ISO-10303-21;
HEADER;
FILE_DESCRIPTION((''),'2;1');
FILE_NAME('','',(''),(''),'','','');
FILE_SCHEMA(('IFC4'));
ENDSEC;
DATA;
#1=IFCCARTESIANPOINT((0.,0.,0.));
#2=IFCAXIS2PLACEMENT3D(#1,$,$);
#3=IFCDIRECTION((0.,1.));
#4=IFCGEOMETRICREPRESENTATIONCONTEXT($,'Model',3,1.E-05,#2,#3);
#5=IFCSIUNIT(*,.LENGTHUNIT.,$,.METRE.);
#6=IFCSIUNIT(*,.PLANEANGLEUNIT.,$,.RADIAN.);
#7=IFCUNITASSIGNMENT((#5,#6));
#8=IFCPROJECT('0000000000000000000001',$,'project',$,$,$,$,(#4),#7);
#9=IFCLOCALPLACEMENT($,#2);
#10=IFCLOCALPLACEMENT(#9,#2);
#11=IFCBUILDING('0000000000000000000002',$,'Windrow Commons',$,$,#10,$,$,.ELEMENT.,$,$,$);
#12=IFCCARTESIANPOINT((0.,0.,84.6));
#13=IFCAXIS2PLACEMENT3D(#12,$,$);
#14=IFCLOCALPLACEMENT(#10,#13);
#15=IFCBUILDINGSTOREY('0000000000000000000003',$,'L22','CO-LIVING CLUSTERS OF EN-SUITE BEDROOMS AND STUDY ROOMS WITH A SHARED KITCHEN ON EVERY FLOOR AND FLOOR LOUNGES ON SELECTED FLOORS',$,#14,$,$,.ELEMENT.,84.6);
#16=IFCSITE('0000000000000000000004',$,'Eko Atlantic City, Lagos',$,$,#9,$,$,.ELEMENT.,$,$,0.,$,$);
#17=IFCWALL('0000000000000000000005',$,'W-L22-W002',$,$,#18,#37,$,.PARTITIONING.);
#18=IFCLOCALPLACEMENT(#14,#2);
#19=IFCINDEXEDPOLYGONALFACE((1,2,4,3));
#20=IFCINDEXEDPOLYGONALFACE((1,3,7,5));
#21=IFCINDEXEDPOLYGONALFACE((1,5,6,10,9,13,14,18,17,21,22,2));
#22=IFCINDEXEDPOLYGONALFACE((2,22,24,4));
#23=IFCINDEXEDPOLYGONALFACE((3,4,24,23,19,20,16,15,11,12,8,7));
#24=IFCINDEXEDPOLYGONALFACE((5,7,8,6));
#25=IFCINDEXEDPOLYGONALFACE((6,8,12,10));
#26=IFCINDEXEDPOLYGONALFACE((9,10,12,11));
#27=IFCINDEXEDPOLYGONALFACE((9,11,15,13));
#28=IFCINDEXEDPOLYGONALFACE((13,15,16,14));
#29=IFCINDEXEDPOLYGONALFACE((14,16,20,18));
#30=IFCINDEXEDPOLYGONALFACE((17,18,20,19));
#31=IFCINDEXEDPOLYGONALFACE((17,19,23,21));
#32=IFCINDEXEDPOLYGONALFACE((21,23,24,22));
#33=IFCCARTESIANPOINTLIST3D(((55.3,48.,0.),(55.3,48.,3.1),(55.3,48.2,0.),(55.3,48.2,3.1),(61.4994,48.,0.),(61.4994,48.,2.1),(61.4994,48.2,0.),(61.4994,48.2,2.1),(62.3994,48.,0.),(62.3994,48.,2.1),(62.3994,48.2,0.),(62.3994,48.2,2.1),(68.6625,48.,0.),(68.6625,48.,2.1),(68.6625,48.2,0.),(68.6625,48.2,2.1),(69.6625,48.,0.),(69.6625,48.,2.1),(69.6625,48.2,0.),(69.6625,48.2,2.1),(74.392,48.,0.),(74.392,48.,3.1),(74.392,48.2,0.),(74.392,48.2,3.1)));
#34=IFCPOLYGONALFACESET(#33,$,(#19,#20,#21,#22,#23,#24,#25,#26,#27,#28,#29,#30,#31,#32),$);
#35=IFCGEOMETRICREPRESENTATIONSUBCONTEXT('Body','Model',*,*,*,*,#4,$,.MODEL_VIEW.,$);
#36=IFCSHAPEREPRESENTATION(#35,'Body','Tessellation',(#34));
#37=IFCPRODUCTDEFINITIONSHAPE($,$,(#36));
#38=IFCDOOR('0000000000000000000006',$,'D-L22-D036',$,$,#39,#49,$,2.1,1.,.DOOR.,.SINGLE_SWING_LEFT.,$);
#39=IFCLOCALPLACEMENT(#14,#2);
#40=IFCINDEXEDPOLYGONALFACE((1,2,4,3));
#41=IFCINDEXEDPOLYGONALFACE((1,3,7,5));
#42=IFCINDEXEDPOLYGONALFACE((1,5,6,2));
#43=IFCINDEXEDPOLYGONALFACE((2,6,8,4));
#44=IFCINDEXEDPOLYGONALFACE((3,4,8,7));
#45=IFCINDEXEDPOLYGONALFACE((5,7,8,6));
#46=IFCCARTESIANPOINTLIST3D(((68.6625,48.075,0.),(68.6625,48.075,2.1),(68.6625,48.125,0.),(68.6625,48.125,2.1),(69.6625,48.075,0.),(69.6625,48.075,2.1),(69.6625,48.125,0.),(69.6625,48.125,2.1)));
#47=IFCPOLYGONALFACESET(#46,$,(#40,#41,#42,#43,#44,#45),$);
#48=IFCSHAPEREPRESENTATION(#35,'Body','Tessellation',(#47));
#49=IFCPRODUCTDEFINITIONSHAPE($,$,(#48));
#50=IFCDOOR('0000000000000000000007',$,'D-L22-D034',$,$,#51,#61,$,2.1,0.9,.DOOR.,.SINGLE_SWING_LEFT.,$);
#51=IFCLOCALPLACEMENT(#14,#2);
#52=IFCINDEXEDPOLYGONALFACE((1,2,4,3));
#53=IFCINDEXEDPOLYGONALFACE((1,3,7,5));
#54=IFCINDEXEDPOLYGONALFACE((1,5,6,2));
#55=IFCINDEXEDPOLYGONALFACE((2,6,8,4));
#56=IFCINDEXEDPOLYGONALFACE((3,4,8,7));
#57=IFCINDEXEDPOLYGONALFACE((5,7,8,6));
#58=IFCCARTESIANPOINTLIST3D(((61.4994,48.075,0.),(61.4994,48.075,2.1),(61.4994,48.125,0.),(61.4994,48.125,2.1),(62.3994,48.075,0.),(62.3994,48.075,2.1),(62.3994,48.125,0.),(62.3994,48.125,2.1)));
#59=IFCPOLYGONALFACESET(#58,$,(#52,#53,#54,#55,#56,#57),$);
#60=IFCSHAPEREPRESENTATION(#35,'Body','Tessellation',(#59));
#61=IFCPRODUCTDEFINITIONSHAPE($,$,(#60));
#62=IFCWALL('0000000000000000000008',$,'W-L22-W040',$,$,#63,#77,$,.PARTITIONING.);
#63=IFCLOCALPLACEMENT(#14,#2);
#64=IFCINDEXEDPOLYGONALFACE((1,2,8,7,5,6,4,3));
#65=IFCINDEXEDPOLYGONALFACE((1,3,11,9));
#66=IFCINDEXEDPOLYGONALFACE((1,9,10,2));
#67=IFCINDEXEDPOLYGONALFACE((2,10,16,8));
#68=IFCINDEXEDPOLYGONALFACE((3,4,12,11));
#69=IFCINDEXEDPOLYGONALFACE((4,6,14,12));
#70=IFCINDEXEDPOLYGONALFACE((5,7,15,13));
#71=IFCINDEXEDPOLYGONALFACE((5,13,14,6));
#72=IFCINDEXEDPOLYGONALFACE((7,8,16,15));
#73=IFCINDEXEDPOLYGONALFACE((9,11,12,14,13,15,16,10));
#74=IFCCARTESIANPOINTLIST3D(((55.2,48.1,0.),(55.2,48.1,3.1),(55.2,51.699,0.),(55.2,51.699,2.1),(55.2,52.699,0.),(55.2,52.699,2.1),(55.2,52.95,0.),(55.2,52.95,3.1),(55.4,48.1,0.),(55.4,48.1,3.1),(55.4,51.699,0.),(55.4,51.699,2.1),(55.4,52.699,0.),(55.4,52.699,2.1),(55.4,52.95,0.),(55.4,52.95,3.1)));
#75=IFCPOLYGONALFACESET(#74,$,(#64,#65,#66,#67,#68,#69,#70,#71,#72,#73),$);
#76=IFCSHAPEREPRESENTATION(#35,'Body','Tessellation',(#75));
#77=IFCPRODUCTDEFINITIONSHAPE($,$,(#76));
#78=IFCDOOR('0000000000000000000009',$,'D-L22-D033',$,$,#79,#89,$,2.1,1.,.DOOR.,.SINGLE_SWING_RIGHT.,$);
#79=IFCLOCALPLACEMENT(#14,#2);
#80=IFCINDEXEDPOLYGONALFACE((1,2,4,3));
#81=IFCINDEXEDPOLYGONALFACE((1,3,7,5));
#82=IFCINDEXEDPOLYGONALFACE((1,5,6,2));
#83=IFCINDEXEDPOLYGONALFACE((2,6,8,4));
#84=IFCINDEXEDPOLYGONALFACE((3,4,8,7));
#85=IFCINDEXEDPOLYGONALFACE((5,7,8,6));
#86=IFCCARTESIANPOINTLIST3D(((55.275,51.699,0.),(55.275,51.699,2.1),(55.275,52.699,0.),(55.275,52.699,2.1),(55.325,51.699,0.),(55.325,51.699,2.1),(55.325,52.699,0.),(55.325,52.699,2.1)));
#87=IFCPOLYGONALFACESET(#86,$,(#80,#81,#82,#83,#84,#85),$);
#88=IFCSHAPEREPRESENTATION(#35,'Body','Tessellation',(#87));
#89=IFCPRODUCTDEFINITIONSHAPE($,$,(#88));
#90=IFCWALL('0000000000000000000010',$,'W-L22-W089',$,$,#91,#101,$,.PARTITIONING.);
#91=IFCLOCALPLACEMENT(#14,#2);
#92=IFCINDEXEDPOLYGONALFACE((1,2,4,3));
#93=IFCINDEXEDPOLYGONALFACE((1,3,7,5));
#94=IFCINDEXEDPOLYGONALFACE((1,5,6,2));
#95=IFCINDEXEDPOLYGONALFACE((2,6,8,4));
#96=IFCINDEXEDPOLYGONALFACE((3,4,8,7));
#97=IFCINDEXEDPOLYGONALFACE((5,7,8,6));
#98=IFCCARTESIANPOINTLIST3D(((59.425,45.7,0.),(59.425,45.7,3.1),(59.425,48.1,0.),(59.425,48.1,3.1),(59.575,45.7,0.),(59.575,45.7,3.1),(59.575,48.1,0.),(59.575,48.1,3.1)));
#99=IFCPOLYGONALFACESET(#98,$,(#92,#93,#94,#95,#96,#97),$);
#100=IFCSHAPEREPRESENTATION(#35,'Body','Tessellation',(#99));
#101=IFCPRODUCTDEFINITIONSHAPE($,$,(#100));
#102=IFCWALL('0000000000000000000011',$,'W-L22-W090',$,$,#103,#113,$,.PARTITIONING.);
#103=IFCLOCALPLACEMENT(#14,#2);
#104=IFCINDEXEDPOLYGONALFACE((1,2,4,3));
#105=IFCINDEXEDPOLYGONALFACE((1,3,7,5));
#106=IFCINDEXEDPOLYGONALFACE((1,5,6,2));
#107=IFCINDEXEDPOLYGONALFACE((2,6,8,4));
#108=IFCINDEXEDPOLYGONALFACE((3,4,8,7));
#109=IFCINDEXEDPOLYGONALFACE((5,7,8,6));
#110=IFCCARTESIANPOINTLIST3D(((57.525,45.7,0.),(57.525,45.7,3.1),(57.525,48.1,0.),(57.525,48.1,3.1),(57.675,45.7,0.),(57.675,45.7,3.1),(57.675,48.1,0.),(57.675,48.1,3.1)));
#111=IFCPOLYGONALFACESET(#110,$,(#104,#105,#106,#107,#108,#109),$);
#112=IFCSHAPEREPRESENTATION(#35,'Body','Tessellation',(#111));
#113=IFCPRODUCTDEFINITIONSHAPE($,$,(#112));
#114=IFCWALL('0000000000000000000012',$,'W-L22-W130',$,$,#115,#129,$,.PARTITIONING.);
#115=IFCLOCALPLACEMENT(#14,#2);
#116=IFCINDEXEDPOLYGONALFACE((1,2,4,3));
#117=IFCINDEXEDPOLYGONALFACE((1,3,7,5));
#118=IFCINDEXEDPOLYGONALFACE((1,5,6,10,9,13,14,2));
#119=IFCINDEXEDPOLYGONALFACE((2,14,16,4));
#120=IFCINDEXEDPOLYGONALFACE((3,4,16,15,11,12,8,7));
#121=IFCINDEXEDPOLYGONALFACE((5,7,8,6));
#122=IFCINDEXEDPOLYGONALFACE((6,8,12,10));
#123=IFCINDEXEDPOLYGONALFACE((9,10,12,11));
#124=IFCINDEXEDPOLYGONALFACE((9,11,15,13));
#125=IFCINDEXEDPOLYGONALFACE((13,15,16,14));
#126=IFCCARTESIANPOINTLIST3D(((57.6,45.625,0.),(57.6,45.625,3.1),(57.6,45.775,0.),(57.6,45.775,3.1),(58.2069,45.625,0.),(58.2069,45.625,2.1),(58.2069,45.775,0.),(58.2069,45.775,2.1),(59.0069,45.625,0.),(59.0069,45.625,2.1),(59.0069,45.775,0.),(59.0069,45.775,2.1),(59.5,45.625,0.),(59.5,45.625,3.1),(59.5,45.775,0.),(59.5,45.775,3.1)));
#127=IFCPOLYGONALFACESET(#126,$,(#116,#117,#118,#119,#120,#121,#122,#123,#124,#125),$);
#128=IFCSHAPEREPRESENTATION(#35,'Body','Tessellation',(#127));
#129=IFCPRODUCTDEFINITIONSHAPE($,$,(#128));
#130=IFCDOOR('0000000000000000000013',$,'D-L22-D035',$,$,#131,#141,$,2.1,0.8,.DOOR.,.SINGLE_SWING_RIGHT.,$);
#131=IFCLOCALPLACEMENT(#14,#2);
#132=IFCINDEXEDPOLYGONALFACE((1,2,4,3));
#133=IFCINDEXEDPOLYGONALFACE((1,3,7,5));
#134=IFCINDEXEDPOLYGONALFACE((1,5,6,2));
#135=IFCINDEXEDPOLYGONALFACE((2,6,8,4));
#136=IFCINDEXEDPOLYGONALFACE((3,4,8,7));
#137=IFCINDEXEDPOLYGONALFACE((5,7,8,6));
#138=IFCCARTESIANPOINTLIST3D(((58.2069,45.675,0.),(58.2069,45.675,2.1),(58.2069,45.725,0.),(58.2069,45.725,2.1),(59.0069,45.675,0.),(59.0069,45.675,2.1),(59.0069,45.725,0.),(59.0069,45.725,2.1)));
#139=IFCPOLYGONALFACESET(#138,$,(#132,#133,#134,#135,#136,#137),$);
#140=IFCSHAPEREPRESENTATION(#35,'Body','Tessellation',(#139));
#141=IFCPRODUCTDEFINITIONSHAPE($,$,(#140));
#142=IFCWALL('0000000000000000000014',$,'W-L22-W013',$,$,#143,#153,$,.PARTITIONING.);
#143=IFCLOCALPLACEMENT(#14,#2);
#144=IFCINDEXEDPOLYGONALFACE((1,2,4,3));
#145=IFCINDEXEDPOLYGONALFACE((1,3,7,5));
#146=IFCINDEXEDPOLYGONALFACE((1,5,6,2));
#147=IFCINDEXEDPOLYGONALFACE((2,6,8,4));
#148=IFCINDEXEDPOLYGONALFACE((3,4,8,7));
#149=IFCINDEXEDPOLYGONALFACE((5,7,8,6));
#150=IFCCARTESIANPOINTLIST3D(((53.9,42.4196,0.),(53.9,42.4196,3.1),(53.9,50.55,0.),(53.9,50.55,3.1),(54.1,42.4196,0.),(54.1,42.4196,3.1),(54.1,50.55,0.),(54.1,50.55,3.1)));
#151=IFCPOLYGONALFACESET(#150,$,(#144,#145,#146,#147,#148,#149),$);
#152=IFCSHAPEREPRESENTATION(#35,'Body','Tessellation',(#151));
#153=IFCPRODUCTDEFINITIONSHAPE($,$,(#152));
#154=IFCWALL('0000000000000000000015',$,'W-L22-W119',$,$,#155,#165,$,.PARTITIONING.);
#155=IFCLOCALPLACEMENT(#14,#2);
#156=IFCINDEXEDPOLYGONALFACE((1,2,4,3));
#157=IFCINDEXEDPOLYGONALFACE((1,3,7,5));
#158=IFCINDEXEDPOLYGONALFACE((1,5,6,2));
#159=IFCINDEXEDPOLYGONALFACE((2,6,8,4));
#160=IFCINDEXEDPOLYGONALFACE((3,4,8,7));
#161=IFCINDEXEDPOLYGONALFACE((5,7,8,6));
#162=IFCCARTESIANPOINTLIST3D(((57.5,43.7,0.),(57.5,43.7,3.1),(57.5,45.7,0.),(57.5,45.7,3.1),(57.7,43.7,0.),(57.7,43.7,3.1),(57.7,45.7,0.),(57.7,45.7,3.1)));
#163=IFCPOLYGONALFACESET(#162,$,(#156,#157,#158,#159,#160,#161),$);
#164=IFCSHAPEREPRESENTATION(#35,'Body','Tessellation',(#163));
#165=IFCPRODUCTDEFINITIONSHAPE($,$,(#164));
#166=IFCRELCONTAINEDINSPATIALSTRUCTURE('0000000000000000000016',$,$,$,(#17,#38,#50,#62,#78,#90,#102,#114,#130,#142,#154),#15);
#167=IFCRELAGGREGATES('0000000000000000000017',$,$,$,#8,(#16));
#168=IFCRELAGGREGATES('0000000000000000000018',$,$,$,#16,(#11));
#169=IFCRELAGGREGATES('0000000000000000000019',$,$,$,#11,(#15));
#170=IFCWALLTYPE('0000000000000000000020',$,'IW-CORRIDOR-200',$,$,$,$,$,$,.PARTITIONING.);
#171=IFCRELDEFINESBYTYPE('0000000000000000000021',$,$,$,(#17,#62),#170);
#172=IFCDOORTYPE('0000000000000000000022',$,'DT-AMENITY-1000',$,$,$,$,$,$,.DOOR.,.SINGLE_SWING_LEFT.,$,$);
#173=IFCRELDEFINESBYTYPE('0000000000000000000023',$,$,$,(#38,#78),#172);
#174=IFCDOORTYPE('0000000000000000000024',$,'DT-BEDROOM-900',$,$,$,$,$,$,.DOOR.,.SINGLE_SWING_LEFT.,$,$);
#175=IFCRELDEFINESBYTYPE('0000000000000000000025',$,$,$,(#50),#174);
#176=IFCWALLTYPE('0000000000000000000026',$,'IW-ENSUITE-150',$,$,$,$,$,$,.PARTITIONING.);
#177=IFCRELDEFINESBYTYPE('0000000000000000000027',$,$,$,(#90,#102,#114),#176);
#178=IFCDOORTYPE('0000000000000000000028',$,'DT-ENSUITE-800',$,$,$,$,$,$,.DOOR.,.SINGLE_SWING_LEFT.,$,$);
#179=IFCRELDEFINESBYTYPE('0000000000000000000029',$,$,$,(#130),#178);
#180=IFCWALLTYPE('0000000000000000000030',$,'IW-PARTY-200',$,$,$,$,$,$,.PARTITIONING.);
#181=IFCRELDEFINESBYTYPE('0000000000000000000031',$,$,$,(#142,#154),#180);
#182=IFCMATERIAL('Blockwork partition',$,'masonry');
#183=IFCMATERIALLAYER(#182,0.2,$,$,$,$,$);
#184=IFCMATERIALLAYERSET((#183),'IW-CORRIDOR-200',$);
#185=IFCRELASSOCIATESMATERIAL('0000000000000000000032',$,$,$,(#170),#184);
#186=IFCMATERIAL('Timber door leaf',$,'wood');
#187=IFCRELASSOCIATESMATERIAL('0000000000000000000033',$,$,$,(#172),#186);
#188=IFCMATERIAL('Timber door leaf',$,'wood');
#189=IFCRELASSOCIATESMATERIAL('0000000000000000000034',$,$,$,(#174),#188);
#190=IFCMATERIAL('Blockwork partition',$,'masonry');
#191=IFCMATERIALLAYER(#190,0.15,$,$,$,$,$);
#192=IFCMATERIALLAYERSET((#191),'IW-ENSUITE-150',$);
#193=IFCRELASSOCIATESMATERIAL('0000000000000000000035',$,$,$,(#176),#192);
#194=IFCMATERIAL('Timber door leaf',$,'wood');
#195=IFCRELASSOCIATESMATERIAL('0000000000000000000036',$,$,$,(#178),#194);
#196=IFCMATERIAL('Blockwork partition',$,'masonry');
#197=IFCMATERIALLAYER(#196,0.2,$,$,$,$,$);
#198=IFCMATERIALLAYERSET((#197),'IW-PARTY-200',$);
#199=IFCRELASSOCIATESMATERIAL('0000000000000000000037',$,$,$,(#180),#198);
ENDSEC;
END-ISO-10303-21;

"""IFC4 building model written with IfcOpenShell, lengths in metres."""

from ifc_helpers import new_model, si_unit, direction, frame, frame_2d, origin, place, context, subcontext, project, spatial, rectangle, extrude, material, layer, layer_set, type_object, element, fill, save


model = new_model("IFC4")

# Units and contexts
model_context = context("Model", 3, precision=1e-05, world=origin(), true_north=direction((0.0, 1.0)))
body_context = subcontext(model_context, "Body", "Model", "MODEL_VIEW")
ifc_project = project(units=[si_unit("LENGTHUNIT", "METRE"), si_unit("PLANEANGLEUNIT", "RADIAN")], contexts=[model_context])

# Site, building, storey
site_placement = place(None, origin())
site = spatial("IfcSite", under=ifc_project, at=site_placement, Name="Eko Atlantic City, Lagos", CompositionType="ELEMENT", RefElevation=0.0)
building_placement = place(site_placement, origin())
building = spatial("IfcBuilding", under=site, at=building_placement, Name="Windrow Commons", CompositionType="ELEMENT")
storey_placement = place(building_placement, frame((0.0, 0.0, 84.6)))
storey = spatial("IfcBuildingStorey", under=building, at=storey_placement, Name="L22", Description="CO-LIVING CLUSTERS OF EN-SUITE BEDROOMS AND STUDY ROOMS WITH A SHARED KITCHEN ON EVERY FLOOR AND FLOOR LOUNGES ON SELECTED FLOORS", CompositionType="ELEMENT", Elevation=84.6)

# Wall, openings, doors
ifc_material_1 = material(Name="Blockwork partition", Category="masonry")
ifc_layer_1 = layer(ifc_material_1, 0.2)
ifc_layer_set_1 = layer_set([ifc_layer_1], Name="IW-CORRIDOR-200")
wall_type_1 = type_object("IfcWallType", Name="IW-CORRIDOR-200", PredefinedType="PARTITIONING", material=ifc_layer_set_1)
wall_1_placement = place(storey_placement, frame((55.3, 48.1, 0.0), z_axis=(0.0, 0.0, 1.0), x_axis=(1.0, 0.0, 0.0)))
wall_1 = element("IfcWall", 1, at=wall_1_placement, inside=storey, type_object=wall_type_1, Name="W-L22-W002", PredefinedType="PARTITIONING", context=body_context, shape_type="SweptSolid", body=[
    extrude(rectangle(XDim=19.092, YDim=0.2, at=frame_2d((9.546, 0.0))), origin(), (0.0, 0.0, 1.0), 3.1),
])
opening_1_placement = place(wall_1_placement, frame((6.1994, 0.0, 0.0)))
opening_1 = element("IfcOpeningElement", 2, at=opening_1_placement, cuts=wall_1, PredefinedType="OPENING", context=body_context, shape_type="SweptSolid", body=[
    extrude(rectangle(XDim=0.9, YDim=2.1, at=frame_2d((0.45, 1.05))), frame((0.0, 0.11, 0.0), z_axis=(0.0, -1.0, 0.0), x_axis=(1.0, 0.0, 0.0)), (0.0, 0.0, 1.0), 0.22),
])
opening_2_placement = place(wall_1_placement, frame((13.3625, 0.0, 0.0)))
opening_2 = element("IfcOpeningElement", 3, at=opening_2_placement, cuts=wall_1, PredefinedType="OPENING", context=body_context, shape_type="SweptSolid", body=[
    extrude(rectangle(XDim=1.0, YDim=2.1, at=frame_2d((0.5, 1.05))), frame((0.0, 0.11, 0.0), z_axis=(0.0, -1.0, 0.0), x_axis=(1.0, 0.0, 0.0)), (0.0, 0.0, 1.0), 0.22),
])
ifc_material_2 = material(Name="Timber door leaf", Category="wood")
door_type_1 = type_object("IfcDoorType", Name="DT-AMENITY-1000", OperationType="SINGLE_SWING_LEFT", PredefinedType="DOOR", material=ifc_material_2)
door_1_placement = place(opening_2_placement, origin())
door_1 = element("IfcDoor", 4, at=door_1_placement, inside=storey, type_object=door_type_1, Name="D-L22-D036", OperationType="SINGLE_SWING_LEFT", OverallHeight=2.1, OverallWidth=1.0, PredefinedType="DOOR", context=body_context, shape_type="SweptSolid", body=[
    extrude(rectangle(XDim=1.0, YDim=2.1, at=frame_2d((0.5, 1.05))), frame((0.0, 0.025, 0.0), z_axis=(0.0, -1.0, 0.0), x_axis=(1.0, 0.0, 0.0)), (0.0, 0.0, 1.0), 0.05),
])
fill(opening_2, door_1)
ifc_material_3 = material(Name="Timber door leaf", Category="wood")
door_type_2 = type_object("IfcDoorType", Name="DT-BEDROOM-900", OperationType="SINGLE_SWING_LEFT", PredefinedType="DOOR", material=ifc_material_3)
door_2_placement = place(opening_1_placement, origin())
door_2 = element("IfcDoor", 5, at=door_2_placement, inside=storey, type_object=door_type_2, Name="D-L22-D034", OperationType="SINGLE_SWING_LEFT", OverallHeight=2.1, OverallWidth=0.9, PredefinedType="DOOR", context=body_context, shape_type="SweptSolid", body=[
    extrude(rectangle(XDim=0.9, YDim=2.1, at=frame_2d((0.45, 1.05))), frame((0.0, 0.025, 0.0), z_axis=(0.0, -1.0, 0.0), x_axis=(1.0, 0.0, 0.0)), (0.0, 0.0, 1.0), 0.05),
])
fill(opening_1, door_2)

# Wall, opening, door
wall_2_placement = place(storey_placement, frame((55.3, 48.1, 0.0), z_axis=(0.0, 0.0, 1.0), x_axis=(0.0, 1.0, 0.0)))
wall_2 = element("IfcWall", 6, at=wall_2_placement, inside=storey, type_object=wall_type_1, Name="W-L22-W040", PredefinedType="PARTITIONING", context=body_context, shape_type="SweptSolid", body=[
    extrude(rectangle(XDim=4.85, YDim=0.2, at=frame_2d((2.425, 0.0))), origin(), (0.0, 0.0, 1.0), 3.1),
])
opening_3_placement = place(wall_2_placement, frame((3.599, 0.0, 0.0)))
opening_3 = element("IfcOpeningElement", 7, at=opening_3_placement, cuts=wall_2, PredefinedType="OPENING", context=body_context, shape_type="SweptSolid", body=[
    extrude(rectangle(XDim=1.0, YDim=2.1, at=frame_2d((0.5, 1.05))), frame((0.0, 0.11, 0.0), z_axis=(0.0, -1.0, 0.0), x_axis=(1.0, 0.0, 0.0)), (0.0, 0.0, 1.0), 0.22),
])
door_3_placement = place(opening_3_placement, origin())
door_3 = element("IfcDoor", 8, at=door_3_placement, inside=storey, type_object=door_type_1, Name="D-L22-D033", OperationType="SINGLE_SWING_RIGHT", OverallHeight=2.1, OverallWidth=1.0, PredefinedType="DOOR", context=body_context, shape_type="SweptSolid", body=[
    extrude(rectangle(XDim=1.0, YDim=2.1, at=frame_2d((0.5, 1.05))), frame((0.0, 0.025, 0.0), z_axis=(0.0, -1.0, 0.0), x_axis=(1.0, 0.0, 0.0)), (0.0, 0.0, 1.0), 0.05),
])
fill(opening_3, door_3)

# Walls
ifc_material_4 = material(Name="Blockwork partition", Category="masonry")
ifc_layer_2 = layer(ifc_material_4, 0.15)
ifc_layer_set_2 = layer_set([ifc_layer_2], Name="IW-ENSUITE-150")
wall_type_2 = type_object("IfcWallType", Name="IW-ENSUITE-150", PredefinedType="PARTITIONING", material=ifc_layer_set_2)
for number, where, z_axis, x_axis, name in (
    (9, (59.5, 45.7, 0.0), (0.0, 0.0, 1.0), (0.0, 1.0, 0.0), "W-L22-W089"),
    (10, (57.6, 45.7, 0.0), (0.0, 0.0, 1.0), (0.0, 1.0, 0.0), "W-L22-W090"),
):
    element("IfcWall", number, at=place(storey_placement, frame(where, z_axis=z_axis, x_axis=x_axis)), inside=storey, type_object=wall_type_2, Name=name, PredefinedType="PARTITIONING", context=body_context, shape_type="SweptSolid", body=[
        extrude(rectangle(XDim=2.4, YDim=0.15, at=frame_2d((1.2, 0.0))), origin(), (0.0, 0.0, 1.0), 3.1),
    ])

# Wall, opening, door
wall_3_placement = place(storey_placement, frame((57.6, 45.7, 0.0), z_axis=(0.0, 0.0, 1.0), x_axis=(1.0, 0.0, 0.0)))
wall_3 = element("IfcWall", 11, at=wall_3_placement, inside=storey, type_object=wall_type_2, Name="W-L22-W130", PredefinedType="PARTITIONING", context=body_context, shape_type="SweptSolid", body=[
    extrude(rectangle(XDim=1.9, YDim=0.15, at=frame_2d((0.95, 0.0))), origin(), (0.0, 0.0, 1.0), 3.1),
])
opening_4_placement = place(wall_3_placement, frame((0.6069, 0.0, 0.0)))
opening_4 = element("IfcOpeningElement", 12, at=opening_4_placement, cuts=wall_3, PredefinedType="OPENING", context=body_context, shape_type="SweptSolid", body=[
    extrude(rectangle(XDim=0.8, YDim=2.1, at=frame_2d((0.4, 1.05))), frame((0.0, 0.085, 0.0), z_axis=(0.0, -1.0, 0.0), x_axis=(1.0, 0.0, 0.0)), (0.0, 0.0, 1.0), 0.17),
])
ifc_material_5 = material(Name="Timber door leaf", Category="wood")
door_type_3 = type_object("IfcDoorType", Name="DT-ENSUITE-800", OperationType="SINGLE_SWING_LEFT", PredefinedType="DOOR", material=ifc_material_5)
door_4_placement = place(opening_4_placement, origin())
door_4 = element("IfcDoor", 13, at=door_4_placement, inside=storey, type_object=door_type_3, Name="D-L22-D035", OperationType="SINGLE_SWING_RIGHT", OverallHeight=2.1, OverallWidth=0.8, PredefinedType="DOOR", context=body_context, shape_type="SweptSolid", body=[
    extrude(rectangle(XDim=0.8, YDim=2.1, at=frame_2d((0.4, 1.05))), frame((0.0, 0.025, 0.0), z_axis=(0.0, -1.0, 0.0), x_axis=(1.0, 0.0, 0.0)), (0.0, 0.0, 1.0), 0.05),
])
fill(opening_4, door_4)

# Walls
ifc_material_6 = material(Name="Blockwork partition", Category="masonry")
ifc_layer_3 = layer(ifc_material_6, 0.2)
ifc_layer_set_3 = layer_set([ifc_layer_3], Name="IW-PARTY-200")
wall_type_3 = type_object("IfcWallType", Name="IW-PARTY-200", PredefinedType="PARTITIONING", material=ifc_layer_set_3)
wall_4_placement = place(storey_placement, frame((54.0, 42.4196, 0.0), z_axis=(0.0, 0.0, 1.0), x_axis=(0.0, 1.0, 0.0)))
element("IfcWall", 14, at=wall_4_placement, inside=storey, type_object=wall_type_3, Name="W-L22-W013", PredefinedType="PARTITIONING", context=body_context, shape_type="SweptSolid", body=[
    extrude(rectangle(XDim=8.1304, YDim=0.2, at=frame_2d((4.0652, 0.0))), origin(), (0.0, 0.0, 1.0), 3.1),
])
wall_5_placement = place(storey_placement, frame((57.6, 43.7, 0.0), z_axis=(0.0, 0.0, 1.0), x_axis=(0.0, 1.0, 0.0)))
element("IfcWall", 15, at=wall_5_placement, inside=storey, type_object=wall_type_3, Name="W-L22-W119", PredefinedType="PARTITIONING", context=body_context, shape_type="SweptSolid", body=[
    extrude(rectangle(XDim=2.0, YDim=0.2, at=frame_2d((1.0, 0.0))), origin(), (0.0, 0.0, 1.0), 3.1),
])

save(model, "model.ifc")
